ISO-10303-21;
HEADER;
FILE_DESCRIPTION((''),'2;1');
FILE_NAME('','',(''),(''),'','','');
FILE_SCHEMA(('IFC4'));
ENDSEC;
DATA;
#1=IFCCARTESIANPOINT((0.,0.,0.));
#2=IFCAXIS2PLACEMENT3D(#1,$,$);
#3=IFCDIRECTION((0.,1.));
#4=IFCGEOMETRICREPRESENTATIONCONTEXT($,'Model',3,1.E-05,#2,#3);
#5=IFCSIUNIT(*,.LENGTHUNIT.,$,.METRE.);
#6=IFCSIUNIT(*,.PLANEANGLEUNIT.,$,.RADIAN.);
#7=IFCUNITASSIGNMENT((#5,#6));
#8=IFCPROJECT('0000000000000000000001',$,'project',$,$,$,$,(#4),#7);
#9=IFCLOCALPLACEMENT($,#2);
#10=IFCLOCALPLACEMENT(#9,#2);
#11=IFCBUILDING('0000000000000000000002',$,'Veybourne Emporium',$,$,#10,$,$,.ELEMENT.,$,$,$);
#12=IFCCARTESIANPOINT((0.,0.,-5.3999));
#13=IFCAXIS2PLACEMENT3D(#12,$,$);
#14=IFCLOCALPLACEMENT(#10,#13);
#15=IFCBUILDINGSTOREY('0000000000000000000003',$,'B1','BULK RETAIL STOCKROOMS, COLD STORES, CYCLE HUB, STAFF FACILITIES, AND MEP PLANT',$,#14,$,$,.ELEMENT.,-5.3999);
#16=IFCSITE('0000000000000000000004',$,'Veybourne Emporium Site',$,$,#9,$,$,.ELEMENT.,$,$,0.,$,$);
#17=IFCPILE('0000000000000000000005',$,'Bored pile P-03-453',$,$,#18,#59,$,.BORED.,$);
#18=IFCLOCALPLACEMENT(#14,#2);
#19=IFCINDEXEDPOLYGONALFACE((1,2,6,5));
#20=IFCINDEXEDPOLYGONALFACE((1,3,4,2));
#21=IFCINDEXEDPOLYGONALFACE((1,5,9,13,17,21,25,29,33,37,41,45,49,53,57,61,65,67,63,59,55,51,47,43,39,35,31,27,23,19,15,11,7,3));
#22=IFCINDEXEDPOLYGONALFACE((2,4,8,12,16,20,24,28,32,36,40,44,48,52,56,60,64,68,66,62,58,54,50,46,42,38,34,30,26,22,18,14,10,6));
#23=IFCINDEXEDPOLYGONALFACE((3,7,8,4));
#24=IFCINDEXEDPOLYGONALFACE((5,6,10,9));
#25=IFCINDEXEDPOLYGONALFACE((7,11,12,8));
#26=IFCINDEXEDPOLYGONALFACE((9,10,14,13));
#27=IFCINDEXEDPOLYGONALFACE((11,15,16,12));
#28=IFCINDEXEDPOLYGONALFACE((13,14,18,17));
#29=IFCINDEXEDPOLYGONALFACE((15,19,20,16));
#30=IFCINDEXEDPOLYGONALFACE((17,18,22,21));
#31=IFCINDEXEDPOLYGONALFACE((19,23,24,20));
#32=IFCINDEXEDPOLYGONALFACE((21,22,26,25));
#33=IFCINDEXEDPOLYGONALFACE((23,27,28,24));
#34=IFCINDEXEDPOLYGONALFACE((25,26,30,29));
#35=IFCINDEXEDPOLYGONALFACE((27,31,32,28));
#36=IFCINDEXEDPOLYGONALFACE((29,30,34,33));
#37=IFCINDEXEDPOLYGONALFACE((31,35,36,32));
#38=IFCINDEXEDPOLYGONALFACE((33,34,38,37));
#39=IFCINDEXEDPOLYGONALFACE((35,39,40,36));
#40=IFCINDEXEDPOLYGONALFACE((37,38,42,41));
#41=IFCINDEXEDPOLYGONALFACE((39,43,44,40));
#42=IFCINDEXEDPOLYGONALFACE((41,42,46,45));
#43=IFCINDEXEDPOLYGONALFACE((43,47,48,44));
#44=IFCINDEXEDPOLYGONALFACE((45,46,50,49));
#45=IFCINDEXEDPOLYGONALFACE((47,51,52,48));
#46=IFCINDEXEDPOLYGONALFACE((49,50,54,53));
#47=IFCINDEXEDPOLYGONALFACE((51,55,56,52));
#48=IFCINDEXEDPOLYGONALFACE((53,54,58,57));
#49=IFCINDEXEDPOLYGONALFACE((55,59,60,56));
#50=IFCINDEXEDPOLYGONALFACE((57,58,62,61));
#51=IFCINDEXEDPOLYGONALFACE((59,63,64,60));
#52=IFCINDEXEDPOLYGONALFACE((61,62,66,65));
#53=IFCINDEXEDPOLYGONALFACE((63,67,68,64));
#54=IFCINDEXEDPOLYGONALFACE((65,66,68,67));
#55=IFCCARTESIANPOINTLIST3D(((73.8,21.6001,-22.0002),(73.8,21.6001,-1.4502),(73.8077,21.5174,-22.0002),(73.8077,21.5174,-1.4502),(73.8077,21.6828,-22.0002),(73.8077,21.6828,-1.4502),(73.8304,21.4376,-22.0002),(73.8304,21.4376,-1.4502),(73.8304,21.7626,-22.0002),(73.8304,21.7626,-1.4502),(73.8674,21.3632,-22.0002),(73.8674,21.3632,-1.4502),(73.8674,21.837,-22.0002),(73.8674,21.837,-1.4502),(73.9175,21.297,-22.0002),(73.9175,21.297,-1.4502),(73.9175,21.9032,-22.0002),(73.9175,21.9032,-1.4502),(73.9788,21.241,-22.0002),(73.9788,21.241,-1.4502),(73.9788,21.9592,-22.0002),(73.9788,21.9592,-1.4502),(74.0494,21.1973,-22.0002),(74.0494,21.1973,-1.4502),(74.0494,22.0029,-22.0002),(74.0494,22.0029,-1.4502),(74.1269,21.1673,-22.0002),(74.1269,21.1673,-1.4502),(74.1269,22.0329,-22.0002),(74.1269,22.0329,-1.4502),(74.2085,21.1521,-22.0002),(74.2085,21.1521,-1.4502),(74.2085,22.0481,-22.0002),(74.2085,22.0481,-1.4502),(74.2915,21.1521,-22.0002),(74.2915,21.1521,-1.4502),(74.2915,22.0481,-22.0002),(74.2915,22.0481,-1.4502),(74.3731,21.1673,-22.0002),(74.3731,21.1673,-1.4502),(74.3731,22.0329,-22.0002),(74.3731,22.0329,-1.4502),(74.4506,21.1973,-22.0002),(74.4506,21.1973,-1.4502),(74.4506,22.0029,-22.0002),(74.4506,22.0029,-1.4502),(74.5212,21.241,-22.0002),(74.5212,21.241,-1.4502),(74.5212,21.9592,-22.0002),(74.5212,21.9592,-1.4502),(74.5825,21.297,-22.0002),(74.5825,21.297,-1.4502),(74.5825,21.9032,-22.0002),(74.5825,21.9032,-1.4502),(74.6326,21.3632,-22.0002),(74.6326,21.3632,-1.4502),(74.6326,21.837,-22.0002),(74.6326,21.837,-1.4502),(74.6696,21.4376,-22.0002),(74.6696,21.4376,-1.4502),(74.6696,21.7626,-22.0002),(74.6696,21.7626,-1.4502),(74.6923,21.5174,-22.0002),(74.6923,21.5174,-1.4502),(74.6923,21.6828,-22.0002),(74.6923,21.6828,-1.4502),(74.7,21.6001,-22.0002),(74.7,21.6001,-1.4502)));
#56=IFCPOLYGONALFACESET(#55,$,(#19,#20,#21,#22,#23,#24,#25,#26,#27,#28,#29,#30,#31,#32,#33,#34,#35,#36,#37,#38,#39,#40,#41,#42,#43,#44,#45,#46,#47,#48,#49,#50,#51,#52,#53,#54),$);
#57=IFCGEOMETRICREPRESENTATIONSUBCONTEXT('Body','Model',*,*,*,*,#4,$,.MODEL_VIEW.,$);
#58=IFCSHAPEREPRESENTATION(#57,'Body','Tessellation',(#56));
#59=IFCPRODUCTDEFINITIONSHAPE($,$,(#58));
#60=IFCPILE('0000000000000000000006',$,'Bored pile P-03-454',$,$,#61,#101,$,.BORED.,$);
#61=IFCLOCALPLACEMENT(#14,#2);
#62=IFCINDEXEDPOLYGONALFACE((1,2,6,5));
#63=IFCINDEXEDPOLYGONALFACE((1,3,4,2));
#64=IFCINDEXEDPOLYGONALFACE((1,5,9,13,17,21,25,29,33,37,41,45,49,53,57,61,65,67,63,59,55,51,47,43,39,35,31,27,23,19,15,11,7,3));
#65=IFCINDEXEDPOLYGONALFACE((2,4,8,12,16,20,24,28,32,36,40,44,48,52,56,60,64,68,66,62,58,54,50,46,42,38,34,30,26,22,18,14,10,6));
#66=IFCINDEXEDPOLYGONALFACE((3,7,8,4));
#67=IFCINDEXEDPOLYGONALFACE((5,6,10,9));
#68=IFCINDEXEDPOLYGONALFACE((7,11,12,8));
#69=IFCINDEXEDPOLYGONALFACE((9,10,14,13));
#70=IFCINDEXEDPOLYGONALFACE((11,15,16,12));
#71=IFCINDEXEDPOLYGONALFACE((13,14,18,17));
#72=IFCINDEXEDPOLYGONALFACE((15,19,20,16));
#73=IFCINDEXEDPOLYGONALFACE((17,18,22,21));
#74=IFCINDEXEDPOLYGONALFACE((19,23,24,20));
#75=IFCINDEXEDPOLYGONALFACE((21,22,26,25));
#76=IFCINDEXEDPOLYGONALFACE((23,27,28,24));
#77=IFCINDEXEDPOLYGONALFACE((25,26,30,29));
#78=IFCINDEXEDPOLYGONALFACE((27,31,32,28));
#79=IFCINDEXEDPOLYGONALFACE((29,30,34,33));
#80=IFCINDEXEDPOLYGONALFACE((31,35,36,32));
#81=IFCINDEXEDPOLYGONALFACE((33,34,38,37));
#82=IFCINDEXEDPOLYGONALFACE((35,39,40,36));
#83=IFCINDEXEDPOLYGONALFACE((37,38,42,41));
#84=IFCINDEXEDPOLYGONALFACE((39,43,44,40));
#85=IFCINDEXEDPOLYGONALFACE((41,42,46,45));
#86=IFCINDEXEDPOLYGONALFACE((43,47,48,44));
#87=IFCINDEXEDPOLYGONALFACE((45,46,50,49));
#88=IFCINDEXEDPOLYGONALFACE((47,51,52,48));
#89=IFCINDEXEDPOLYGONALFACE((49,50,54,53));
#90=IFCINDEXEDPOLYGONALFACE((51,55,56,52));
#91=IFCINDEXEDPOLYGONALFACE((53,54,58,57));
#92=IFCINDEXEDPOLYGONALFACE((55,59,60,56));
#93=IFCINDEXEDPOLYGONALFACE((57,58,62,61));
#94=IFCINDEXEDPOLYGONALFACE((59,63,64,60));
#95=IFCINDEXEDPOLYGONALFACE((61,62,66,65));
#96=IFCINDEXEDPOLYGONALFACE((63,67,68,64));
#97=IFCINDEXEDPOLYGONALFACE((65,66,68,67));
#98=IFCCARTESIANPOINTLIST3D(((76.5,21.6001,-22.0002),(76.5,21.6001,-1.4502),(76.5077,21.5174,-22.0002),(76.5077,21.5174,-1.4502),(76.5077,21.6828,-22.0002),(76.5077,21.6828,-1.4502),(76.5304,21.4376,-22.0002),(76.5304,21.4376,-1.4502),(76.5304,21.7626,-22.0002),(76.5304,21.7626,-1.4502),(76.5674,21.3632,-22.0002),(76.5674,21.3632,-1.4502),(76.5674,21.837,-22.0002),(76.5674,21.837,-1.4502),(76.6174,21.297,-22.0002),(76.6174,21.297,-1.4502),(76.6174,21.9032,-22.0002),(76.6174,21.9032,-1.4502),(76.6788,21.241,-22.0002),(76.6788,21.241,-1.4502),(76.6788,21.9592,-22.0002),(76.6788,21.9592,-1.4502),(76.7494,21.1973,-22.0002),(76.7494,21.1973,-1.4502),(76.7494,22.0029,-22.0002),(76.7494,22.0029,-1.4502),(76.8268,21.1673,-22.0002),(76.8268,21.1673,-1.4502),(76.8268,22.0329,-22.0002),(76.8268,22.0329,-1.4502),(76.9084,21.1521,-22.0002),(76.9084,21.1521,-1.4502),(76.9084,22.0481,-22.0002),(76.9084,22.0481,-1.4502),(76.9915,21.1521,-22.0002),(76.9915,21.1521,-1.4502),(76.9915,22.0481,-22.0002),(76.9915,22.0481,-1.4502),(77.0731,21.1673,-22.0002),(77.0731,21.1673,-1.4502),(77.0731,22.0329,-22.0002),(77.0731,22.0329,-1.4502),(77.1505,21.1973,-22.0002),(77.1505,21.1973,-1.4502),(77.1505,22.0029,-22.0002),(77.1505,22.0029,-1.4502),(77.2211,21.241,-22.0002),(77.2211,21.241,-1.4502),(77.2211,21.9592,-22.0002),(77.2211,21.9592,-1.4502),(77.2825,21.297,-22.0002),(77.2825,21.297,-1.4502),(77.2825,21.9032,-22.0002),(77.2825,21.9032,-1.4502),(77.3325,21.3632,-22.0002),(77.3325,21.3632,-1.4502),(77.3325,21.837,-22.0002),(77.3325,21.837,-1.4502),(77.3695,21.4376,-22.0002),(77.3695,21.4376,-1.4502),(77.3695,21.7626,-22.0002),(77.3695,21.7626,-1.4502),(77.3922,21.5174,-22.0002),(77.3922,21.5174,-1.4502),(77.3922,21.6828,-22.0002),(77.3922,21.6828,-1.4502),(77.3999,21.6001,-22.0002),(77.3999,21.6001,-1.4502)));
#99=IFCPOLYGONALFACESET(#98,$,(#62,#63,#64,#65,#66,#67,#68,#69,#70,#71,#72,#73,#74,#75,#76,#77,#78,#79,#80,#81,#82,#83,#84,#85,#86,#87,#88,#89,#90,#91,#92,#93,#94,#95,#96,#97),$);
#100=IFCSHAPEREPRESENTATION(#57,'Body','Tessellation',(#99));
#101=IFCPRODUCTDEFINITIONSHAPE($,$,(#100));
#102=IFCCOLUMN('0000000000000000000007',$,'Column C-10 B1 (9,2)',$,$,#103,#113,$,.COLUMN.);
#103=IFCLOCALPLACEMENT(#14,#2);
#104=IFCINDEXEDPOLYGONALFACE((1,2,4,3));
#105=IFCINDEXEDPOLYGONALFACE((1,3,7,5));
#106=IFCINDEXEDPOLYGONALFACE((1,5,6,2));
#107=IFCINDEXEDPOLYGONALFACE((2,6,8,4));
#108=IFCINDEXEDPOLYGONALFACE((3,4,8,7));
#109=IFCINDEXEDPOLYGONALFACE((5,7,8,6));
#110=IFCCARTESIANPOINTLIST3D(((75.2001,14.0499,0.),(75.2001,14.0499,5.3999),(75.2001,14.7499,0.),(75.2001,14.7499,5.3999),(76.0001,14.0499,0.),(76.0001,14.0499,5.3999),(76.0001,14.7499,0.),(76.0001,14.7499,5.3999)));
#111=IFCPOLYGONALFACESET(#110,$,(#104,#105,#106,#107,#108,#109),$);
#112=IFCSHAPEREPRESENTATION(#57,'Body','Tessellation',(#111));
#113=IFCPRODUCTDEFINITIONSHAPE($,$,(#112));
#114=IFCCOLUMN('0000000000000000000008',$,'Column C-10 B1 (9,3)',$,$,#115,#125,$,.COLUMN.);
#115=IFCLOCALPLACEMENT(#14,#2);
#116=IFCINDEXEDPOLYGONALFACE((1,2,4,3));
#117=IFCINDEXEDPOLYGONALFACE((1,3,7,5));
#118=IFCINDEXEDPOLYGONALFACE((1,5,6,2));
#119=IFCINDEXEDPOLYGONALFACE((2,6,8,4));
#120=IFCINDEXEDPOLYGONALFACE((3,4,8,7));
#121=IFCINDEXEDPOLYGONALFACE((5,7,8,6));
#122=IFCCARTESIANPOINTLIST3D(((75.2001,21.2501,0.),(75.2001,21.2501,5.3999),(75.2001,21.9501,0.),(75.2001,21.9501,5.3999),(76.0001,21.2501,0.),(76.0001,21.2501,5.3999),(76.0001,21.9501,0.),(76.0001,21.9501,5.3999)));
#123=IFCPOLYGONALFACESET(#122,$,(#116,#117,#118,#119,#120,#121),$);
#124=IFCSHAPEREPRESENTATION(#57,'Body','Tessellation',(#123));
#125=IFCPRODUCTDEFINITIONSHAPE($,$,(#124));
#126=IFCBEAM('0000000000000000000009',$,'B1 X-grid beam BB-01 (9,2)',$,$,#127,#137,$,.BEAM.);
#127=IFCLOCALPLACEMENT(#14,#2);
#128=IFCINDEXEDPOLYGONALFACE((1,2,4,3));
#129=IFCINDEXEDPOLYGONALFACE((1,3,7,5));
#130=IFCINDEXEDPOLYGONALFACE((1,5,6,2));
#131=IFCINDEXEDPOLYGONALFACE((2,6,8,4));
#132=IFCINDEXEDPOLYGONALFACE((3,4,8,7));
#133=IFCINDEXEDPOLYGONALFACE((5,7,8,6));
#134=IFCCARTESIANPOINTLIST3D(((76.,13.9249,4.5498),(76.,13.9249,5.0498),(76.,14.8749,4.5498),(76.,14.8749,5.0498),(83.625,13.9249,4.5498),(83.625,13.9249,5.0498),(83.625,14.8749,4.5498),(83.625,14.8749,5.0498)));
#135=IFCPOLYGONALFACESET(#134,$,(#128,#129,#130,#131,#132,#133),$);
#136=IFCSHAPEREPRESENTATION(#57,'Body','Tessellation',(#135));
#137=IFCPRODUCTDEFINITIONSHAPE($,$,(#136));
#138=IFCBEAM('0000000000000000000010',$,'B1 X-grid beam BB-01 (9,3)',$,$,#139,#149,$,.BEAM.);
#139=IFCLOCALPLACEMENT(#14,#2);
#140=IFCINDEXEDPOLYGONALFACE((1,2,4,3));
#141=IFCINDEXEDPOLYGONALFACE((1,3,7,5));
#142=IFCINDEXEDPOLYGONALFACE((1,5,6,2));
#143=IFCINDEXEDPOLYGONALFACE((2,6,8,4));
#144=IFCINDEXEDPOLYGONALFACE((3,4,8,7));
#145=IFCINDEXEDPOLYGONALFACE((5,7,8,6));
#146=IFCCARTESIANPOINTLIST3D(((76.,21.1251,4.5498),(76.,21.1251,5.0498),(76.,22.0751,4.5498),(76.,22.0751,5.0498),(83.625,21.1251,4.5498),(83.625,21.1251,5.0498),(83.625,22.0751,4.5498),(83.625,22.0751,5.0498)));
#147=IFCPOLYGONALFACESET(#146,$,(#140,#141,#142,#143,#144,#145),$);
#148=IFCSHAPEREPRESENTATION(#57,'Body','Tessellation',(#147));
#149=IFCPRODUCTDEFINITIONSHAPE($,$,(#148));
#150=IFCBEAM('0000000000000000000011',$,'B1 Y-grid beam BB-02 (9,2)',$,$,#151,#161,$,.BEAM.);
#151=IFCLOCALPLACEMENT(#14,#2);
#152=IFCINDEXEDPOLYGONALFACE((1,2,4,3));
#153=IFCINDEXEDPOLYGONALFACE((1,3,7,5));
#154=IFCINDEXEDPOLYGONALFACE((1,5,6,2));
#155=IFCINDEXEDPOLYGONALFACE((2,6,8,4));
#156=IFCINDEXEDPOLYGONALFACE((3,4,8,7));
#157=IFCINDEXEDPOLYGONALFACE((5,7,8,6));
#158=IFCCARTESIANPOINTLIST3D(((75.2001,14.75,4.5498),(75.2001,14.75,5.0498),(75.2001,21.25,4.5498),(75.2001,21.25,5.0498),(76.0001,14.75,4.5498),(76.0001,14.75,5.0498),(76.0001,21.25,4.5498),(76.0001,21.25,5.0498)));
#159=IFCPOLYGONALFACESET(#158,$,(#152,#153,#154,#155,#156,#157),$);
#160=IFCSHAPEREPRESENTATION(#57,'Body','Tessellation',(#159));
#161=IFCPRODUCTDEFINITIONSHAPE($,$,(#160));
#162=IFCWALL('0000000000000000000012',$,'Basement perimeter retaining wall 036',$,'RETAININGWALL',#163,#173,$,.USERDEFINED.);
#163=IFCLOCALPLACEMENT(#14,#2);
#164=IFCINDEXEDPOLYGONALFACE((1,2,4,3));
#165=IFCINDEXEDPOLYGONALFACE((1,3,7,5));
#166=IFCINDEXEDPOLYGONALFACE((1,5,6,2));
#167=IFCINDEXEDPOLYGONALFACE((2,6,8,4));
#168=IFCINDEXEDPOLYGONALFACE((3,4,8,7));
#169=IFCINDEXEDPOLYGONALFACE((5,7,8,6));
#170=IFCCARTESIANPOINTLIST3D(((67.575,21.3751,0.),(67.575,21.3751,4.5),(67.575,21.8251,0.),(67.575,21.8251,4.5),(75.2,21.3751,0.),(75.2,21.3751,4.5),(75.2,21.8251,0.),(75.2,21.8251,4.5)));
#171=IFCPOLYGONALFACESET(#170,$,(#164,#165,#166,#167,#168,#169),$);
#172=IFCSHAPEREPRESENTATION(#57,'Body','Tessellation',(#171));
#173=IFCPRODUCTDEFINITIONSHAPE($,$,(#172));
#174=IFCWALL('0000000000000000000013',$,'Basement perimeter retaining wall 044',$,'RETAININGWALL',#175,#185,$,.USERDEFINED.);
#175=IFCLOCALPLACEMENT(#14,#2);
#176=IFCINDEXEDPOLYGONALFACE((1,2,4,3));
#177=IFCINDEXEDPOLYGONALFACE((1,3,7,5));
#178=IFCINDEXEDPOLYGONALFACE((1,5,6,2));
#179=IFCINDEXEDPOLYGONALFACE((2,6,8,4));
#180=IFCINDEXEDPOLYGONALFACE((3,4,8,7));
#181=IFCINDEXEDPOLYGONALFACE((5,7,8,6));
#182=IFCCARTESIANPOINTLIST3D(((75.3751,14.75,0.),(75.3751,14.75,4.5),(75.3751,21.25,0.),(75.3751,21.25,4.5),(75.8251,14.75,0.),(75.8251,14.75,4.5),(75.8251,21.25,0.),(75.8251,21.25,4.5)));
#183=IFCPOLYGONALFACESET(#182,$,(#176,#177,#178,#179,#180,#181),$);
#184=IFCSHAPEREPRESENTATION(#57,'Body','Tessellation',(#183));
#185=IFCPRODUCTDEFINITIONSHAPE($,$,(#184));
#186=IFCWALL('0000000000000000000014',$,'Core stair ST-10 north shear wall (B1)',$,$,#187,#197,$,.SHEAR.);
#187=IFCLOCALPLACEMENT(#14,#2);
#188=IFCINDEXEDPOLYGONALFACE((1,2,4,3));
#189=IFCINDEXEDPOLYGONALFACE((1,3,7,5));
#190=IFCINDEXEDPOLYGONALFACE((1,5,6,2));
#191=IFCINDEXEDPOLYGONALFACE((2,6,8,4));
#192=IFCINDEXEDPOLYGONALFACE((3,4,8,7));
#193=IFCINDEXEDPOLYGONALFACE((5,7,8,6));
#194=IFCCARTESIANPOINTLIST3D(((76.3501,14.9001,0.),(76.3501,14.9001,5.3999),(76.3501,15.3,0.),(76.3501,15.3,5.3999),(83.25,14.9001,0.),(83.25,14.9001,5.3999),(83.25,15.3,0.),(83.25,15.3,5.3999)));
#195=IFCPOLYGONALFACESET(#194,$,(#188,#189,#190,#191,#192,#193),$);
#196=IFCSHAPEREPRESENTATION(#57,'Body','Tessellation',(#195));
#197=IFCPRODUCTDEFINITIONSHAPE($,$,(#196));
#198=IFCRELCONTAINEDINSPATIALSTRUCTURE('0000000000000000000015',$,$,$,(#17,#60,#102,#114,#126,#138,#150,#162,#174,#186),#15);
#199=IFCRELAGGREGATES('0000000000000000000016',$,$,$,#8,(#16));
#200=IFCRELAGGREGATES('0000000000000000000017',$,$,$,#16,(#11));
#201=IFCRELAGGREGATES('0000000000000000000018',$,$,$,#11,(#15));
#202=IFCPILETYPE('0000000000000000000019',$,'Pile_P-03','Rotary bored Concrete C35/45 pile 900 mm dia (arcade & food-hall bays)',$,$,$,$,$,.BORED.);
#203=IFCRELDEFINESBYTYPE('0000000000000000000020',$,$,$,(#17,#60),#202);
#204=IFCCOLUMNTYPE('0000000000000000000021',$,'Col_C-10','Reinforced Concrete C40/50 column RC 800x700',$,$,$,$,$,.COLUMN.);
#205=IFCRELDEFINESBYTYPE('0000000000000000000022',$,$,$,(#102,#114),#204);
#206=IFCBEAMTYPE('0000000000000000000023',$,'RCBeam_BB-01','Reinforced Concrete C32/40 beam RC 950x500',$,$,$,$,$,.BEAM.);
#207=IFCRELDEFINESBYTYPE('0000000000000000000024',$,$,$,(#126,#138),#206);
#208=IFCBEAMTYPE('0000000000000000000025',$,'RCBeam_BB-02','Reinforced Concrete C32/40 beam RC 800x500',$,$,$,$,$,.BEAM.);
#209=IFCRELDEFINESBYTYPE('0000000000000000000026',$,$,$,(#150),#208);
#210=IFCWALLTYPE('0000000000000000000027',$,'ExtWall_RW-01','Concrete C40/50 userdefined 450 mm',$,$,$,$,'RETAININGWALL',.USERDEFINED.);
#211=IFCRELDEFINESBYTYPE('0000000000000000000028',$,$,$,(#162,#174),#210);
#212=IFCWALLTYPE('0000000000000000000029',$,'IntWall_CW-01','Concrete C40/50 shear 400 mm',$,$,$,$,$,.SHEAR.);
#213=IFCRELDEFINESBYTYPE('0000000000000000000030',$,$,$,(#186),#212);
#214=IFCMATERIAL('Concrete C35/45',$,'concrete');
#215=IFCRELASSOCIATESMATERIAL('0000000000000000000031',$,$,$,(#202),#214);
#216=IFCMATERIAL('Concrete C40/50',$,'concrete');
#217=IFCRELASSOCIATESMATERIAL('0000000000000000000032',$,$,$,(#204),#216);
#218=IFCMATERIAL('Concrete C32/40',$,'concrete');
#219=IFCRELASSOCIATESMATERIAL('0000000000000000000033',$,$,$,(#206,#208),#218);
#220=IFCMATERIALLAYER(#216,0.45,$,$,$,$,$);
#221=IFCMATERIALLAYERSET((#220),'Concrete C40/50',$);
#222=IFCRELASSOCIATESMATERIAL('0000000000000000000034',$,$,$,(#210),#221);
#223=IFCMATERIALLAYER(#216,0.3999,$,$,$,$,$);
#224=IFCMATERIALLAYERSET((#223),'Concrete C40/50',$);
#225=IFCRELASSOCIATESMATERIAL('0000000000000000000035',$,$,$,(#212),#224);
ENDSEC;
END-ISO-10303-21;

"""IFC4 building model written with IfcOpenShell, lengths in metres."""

from ifc_helpers import new_model, si_unit, direction, frame, frame_2d, origin, origin_2d, place, context, subcontext, project, spatial, rectangle, circle, extrude, material, layer, layer_set, material_profile, profile_set, type_object, element, save


model = new_model("IFC4")

# Units and contexts
model_context = context("Model", 3, precision=1e-05, world=origin(), true_north=direction((0.0, 1.0)))
body_context = subcontext(model_context, "Body", "Model", "MODEL_VIEW")
ifc_project = project(units=[si_unit("LENGTHUNIT", "METRE"), si_unit("PLANEANGLEUNIT", "RADIAN")], contexts=[model_context])

# Site, building, storey
site_placement = place(None, origin())
site = spatial("IfcSite", under=ifc_project, at=site_placement, Name="Veybourne Emporium Site", CompositionType="ELEMENT", RefElevation=0.0)
building_placement = place(site_placement, origin())
building = spatial("IfcBuilding", under=site, at=building_placement, Name="Veybourne Emporium", CompositionType="ELEMENT")
storey_placement = place(building_placement, frame((0.0, 0.0, -5.3999)))
storey = spatial("IfcBuildingStorey", under=building, at=storey_placement, Name="B1", Description="BULK RETAIL STOCKROOMS, COLD STORES, CYCLE HUB, STAFF FACILITIES, AND MEP PLANT", CompositionType="ELEMENT", Elevation=-5.3999)

# Shared definitions
ifc_material_1 = material(Name="Concrete C35/45", Category="concrete")

# Piles
ifc_material_profile_1 = material_profile(ifc_material_1, circle(Radius=0.45, at=origin_2d()), Name="BORED PILE 900")
ifc_profile_set_1 = profile_set([ifc_material_profile_1], Name="Concrete C35/45")
pile_type = type_object("IfcPileType", Name="Pile_P-03", Description="Rotary bored Concrete C35/45 pile 900 mm dia (arcade & food-hall bays)", PredefinedType="BORED", material=ifc_profile_set_1)
for number, where, z_axis, x_axis, name in (
    (1, (74.25, 21.6001, -1.4502), (0.0, 0.0, -1.0), (1.0, 0.0, 0.0), "Bored pile P-03-453"),
    (2, (76.95, 21.6001, -1.4502), (0.0, 0.0, -1.0), (1.0, 0.0, 0.0), "Bored pile P-03-454"),
):
    element("IfcPile", number, at=place(storey_placement, frame(where, z_axis=z_axis, x_axis=x_axis)), inside=storey, type_object=pile_type, Name=name, PredefinedType="BORED", context=body_context, shape_type="SweptSolid", body=[
        extrude(circle(Radius=0.45, at=origin_2d()), origin(), (0.0, 0.0, 1.0), 20.55),
    ])

# Columns
ifc_material_2 = material(Name="Concrete C40/50", Category="concrete")
ifc_material_profile_2 = material_profile(ifc_material_2, rectangle(XDim=0.8, YDim=0.7, at=origin_2d()), Name="RC 800x700")
ifc_profile_set_2 = profile_set([ifc_material_profile_2], Name="Concrete C40/50")
column_type = type_object("IfcColumnType", Name="Col_C-10", Description="Reinforced Concrete C40/50 column RC 800x700", PredefinedType="COLUMN", material=ifc_profile_set_2)
for number, where, z_axis, x_axis, name in (
    (3, (75.6001, 14.3999, 0.0), (0.0, 0.0, 1.0), (1.0, 0.0, 0.0), "Column C-10 B1 (9,2)"),
    (4, (75.6001, 21.6001, 0.0), (0.0, 0.0, 1.0), (1.0, 0.0, 0.0), "Column C-10 B1 (9,3)"),
):
    element("IfcColumn", number, at=place(storey_placement, frame(where, z_axis=z_axis, x_axis=x_axis)), inside=storey, type_object=column_type, Name=name, PredefinedType="COLUMN", context=body_context, shape_type="SweptSolid", body=[
        extrude(rectangle(XDim=0.8, YDim=0.7, at=origin_2d()), origin(), (0.0, 0.0, 1.0), 5.3999),
    ])

# Beams
ifc_material_3 = material(Name="Concrete C32/40", Category="concrete")
ifc_material_profile_3 = material_profile(ifc_material_3, rectangle(XDim=0.95, YDim=0.5, at=origin_2d()), Name="RC 950x500")
ifc_profile_set_3 = profile_set([ifc_material_profile_3], Name="Concrete C32/40")
beam_type_1 = type_object("IfcBeamType", Name="RCBeam_BB-01", Description="Reinforced Concrete C32/40 beam RC 950x500", PredefinedType="BEAM", material=ifc_profile_set_3)
for number, where, z_axis, x_axis, name in (
    (5, (76.0, 14.3999, 4.7998), (1.0, 0.0, 0.0), (0.0, 1.0, 0.0), "B1 X-grid beam BB-01 (9,2)"),
    (6, (76.0, 21.6001, 4.7998), (1.0, 0.0, 0.0), (0.0, 1.0, 0.0), "B1 X-grid beam BB-01 (9,3)"),
):
    element("IfcBeam", number, at=place(storey_placement, frame(where, z_axis=z_axis, x_axis=x_axis)), inside=storey, type_object=beam_type_1, Name=name, PredefinedType="BEAM", context=body_context, shape_type="SweptSolid", body=[
        extrude(rectangle(XDim=0.95, YDim=0.5, at=origin_2d()), origin(), (0.0, 0.0, 1.0), 7.625),
    ])
ifc_material_profile_4 = material_profile(ifc_material_3, rectangle(XDim=0.8, YDim=0.5, at=origin_2d()), Name="RC 800x500")
ifc_profile_set_4 = profile_set([ifc_material_profile_4], Name="Concrete C32/40")
beam_type_2 = type_object("IfcBeamType", Name="RCBeam_BB-02", Description="Reinforced Concrete C32/40 beam RC 800x500", PredefinedType="BEAM", material=ifc_profile_set_4)
beam_placement = place(storey_placement, frame((75.6001, 14.75, 4.7998), z_axis=(0.0, 1.0, 0.0), x_axis=(-1.0, 0.0, 0.0)))
element("IfcBeam", 7, at=beam_placement, inside=storey, type_object=beam_type_2, Name="B1 Y-grid beam BB-02 (9,2)", PredefinedType="BEAM", context=body_context, shape_type="SweptSolid", body=[
    extrude(rectangle(XDim=0.8, YDim=0.5, at=origin_2d()), origin(), (0.0, 0.0, 1.0), 6.5),
])

# Walls
ifc_layer_1 = layer(ifc_material_2, 0.45)
ifc_layer_set_1 = layer_set([ifc_layer_1], Name="Concrete C40/50")
wall_type_1 = type_object("IfcWallType", Name="ExtWall_RW-01", Description="Concrete C40/50 userdefined 450 mm", ElementType="RETAININGWALL", PredefinedType="USERDEFINED", material=ifc_layer_set_1)
wall_1_placement = place(storey_placement, frame((75.2, 21.6001, 0.0), z_axis=(0.0, 0.0, 1.0), x_axis=(-1.0, 0.0, 0.0)))
element("IfcWall", 8, at=wall_1_placement, inside=storey, type_object=wall_type_1, Name="Basement perimeter retaining wall 036", ObjectType="RETAININGWALL", PredefinedType="USERDEFINED", context=body_context, shape_type="SweptSolid", body=[
    extrude(rectangle(XDim=7.625, YDim=0.45, at=frame_2d((3.8125, 0.0))), origin(), (0.0, 0.0, 1.0), 4.5),
])
wall_2_placement = place(storey_placement, frame((75.6001, 14.75, 0.0), z_axis=(0.0, 0.0, 1.0), x_axis=(0.0, 1.0, 0.0)))
element("IfcWall", 9, at=wall_2_placement, inside=storey, type_object=wall_type_1, Name="Basement perimeter retaining wall 044", ObjectType="RETAININGWALL", PredefinedType="USERDEFINED", context=body_context, shape_type="SweptSolid", body=[
    extrude(rectangle(XDim=6.5, YDim=0.45, at=frame_2d((3.25, 0.0))), origin(), (0.0, 0.0, 1.0), 4.5),
])
ifc_layer_2 = layer(ifc_material_2, 0.3999)
ifc_layer_set_2 = layer_set([ifc_layer_2], Name="Concrete C40/50")
wall_type_2 = type_object("IfcWallType", Name="IntWall_CW-01", Description="Concrete C40/50 shear 400 mm", PredefinedType="SHEAR", material=ifc_layer_set_2)
wall_3_placement = place(storey_placement, frame((76.3501, 15.1001, 0.0), z_axis=(0.0, 0.0, 1.0), x_axis=(1.0, 0.0, 0.0)))
element("IfcWall", 10, at=wall_3_placement, inside=storey, type_object=wall_type_2, Name="Core stair ST-10 north shear wall (B1)", PredefinedType="SHEAR", context=body_context, shape_type="SweptSolid", body=[
    extrude(rectangle(XDim=6.8999, YDim=0.3999, at=frame_2d((3.45, 0.0))), origin(), (0.0, 0.0, 1.0), 5.3999),
])

save(model, "model.ifc")
